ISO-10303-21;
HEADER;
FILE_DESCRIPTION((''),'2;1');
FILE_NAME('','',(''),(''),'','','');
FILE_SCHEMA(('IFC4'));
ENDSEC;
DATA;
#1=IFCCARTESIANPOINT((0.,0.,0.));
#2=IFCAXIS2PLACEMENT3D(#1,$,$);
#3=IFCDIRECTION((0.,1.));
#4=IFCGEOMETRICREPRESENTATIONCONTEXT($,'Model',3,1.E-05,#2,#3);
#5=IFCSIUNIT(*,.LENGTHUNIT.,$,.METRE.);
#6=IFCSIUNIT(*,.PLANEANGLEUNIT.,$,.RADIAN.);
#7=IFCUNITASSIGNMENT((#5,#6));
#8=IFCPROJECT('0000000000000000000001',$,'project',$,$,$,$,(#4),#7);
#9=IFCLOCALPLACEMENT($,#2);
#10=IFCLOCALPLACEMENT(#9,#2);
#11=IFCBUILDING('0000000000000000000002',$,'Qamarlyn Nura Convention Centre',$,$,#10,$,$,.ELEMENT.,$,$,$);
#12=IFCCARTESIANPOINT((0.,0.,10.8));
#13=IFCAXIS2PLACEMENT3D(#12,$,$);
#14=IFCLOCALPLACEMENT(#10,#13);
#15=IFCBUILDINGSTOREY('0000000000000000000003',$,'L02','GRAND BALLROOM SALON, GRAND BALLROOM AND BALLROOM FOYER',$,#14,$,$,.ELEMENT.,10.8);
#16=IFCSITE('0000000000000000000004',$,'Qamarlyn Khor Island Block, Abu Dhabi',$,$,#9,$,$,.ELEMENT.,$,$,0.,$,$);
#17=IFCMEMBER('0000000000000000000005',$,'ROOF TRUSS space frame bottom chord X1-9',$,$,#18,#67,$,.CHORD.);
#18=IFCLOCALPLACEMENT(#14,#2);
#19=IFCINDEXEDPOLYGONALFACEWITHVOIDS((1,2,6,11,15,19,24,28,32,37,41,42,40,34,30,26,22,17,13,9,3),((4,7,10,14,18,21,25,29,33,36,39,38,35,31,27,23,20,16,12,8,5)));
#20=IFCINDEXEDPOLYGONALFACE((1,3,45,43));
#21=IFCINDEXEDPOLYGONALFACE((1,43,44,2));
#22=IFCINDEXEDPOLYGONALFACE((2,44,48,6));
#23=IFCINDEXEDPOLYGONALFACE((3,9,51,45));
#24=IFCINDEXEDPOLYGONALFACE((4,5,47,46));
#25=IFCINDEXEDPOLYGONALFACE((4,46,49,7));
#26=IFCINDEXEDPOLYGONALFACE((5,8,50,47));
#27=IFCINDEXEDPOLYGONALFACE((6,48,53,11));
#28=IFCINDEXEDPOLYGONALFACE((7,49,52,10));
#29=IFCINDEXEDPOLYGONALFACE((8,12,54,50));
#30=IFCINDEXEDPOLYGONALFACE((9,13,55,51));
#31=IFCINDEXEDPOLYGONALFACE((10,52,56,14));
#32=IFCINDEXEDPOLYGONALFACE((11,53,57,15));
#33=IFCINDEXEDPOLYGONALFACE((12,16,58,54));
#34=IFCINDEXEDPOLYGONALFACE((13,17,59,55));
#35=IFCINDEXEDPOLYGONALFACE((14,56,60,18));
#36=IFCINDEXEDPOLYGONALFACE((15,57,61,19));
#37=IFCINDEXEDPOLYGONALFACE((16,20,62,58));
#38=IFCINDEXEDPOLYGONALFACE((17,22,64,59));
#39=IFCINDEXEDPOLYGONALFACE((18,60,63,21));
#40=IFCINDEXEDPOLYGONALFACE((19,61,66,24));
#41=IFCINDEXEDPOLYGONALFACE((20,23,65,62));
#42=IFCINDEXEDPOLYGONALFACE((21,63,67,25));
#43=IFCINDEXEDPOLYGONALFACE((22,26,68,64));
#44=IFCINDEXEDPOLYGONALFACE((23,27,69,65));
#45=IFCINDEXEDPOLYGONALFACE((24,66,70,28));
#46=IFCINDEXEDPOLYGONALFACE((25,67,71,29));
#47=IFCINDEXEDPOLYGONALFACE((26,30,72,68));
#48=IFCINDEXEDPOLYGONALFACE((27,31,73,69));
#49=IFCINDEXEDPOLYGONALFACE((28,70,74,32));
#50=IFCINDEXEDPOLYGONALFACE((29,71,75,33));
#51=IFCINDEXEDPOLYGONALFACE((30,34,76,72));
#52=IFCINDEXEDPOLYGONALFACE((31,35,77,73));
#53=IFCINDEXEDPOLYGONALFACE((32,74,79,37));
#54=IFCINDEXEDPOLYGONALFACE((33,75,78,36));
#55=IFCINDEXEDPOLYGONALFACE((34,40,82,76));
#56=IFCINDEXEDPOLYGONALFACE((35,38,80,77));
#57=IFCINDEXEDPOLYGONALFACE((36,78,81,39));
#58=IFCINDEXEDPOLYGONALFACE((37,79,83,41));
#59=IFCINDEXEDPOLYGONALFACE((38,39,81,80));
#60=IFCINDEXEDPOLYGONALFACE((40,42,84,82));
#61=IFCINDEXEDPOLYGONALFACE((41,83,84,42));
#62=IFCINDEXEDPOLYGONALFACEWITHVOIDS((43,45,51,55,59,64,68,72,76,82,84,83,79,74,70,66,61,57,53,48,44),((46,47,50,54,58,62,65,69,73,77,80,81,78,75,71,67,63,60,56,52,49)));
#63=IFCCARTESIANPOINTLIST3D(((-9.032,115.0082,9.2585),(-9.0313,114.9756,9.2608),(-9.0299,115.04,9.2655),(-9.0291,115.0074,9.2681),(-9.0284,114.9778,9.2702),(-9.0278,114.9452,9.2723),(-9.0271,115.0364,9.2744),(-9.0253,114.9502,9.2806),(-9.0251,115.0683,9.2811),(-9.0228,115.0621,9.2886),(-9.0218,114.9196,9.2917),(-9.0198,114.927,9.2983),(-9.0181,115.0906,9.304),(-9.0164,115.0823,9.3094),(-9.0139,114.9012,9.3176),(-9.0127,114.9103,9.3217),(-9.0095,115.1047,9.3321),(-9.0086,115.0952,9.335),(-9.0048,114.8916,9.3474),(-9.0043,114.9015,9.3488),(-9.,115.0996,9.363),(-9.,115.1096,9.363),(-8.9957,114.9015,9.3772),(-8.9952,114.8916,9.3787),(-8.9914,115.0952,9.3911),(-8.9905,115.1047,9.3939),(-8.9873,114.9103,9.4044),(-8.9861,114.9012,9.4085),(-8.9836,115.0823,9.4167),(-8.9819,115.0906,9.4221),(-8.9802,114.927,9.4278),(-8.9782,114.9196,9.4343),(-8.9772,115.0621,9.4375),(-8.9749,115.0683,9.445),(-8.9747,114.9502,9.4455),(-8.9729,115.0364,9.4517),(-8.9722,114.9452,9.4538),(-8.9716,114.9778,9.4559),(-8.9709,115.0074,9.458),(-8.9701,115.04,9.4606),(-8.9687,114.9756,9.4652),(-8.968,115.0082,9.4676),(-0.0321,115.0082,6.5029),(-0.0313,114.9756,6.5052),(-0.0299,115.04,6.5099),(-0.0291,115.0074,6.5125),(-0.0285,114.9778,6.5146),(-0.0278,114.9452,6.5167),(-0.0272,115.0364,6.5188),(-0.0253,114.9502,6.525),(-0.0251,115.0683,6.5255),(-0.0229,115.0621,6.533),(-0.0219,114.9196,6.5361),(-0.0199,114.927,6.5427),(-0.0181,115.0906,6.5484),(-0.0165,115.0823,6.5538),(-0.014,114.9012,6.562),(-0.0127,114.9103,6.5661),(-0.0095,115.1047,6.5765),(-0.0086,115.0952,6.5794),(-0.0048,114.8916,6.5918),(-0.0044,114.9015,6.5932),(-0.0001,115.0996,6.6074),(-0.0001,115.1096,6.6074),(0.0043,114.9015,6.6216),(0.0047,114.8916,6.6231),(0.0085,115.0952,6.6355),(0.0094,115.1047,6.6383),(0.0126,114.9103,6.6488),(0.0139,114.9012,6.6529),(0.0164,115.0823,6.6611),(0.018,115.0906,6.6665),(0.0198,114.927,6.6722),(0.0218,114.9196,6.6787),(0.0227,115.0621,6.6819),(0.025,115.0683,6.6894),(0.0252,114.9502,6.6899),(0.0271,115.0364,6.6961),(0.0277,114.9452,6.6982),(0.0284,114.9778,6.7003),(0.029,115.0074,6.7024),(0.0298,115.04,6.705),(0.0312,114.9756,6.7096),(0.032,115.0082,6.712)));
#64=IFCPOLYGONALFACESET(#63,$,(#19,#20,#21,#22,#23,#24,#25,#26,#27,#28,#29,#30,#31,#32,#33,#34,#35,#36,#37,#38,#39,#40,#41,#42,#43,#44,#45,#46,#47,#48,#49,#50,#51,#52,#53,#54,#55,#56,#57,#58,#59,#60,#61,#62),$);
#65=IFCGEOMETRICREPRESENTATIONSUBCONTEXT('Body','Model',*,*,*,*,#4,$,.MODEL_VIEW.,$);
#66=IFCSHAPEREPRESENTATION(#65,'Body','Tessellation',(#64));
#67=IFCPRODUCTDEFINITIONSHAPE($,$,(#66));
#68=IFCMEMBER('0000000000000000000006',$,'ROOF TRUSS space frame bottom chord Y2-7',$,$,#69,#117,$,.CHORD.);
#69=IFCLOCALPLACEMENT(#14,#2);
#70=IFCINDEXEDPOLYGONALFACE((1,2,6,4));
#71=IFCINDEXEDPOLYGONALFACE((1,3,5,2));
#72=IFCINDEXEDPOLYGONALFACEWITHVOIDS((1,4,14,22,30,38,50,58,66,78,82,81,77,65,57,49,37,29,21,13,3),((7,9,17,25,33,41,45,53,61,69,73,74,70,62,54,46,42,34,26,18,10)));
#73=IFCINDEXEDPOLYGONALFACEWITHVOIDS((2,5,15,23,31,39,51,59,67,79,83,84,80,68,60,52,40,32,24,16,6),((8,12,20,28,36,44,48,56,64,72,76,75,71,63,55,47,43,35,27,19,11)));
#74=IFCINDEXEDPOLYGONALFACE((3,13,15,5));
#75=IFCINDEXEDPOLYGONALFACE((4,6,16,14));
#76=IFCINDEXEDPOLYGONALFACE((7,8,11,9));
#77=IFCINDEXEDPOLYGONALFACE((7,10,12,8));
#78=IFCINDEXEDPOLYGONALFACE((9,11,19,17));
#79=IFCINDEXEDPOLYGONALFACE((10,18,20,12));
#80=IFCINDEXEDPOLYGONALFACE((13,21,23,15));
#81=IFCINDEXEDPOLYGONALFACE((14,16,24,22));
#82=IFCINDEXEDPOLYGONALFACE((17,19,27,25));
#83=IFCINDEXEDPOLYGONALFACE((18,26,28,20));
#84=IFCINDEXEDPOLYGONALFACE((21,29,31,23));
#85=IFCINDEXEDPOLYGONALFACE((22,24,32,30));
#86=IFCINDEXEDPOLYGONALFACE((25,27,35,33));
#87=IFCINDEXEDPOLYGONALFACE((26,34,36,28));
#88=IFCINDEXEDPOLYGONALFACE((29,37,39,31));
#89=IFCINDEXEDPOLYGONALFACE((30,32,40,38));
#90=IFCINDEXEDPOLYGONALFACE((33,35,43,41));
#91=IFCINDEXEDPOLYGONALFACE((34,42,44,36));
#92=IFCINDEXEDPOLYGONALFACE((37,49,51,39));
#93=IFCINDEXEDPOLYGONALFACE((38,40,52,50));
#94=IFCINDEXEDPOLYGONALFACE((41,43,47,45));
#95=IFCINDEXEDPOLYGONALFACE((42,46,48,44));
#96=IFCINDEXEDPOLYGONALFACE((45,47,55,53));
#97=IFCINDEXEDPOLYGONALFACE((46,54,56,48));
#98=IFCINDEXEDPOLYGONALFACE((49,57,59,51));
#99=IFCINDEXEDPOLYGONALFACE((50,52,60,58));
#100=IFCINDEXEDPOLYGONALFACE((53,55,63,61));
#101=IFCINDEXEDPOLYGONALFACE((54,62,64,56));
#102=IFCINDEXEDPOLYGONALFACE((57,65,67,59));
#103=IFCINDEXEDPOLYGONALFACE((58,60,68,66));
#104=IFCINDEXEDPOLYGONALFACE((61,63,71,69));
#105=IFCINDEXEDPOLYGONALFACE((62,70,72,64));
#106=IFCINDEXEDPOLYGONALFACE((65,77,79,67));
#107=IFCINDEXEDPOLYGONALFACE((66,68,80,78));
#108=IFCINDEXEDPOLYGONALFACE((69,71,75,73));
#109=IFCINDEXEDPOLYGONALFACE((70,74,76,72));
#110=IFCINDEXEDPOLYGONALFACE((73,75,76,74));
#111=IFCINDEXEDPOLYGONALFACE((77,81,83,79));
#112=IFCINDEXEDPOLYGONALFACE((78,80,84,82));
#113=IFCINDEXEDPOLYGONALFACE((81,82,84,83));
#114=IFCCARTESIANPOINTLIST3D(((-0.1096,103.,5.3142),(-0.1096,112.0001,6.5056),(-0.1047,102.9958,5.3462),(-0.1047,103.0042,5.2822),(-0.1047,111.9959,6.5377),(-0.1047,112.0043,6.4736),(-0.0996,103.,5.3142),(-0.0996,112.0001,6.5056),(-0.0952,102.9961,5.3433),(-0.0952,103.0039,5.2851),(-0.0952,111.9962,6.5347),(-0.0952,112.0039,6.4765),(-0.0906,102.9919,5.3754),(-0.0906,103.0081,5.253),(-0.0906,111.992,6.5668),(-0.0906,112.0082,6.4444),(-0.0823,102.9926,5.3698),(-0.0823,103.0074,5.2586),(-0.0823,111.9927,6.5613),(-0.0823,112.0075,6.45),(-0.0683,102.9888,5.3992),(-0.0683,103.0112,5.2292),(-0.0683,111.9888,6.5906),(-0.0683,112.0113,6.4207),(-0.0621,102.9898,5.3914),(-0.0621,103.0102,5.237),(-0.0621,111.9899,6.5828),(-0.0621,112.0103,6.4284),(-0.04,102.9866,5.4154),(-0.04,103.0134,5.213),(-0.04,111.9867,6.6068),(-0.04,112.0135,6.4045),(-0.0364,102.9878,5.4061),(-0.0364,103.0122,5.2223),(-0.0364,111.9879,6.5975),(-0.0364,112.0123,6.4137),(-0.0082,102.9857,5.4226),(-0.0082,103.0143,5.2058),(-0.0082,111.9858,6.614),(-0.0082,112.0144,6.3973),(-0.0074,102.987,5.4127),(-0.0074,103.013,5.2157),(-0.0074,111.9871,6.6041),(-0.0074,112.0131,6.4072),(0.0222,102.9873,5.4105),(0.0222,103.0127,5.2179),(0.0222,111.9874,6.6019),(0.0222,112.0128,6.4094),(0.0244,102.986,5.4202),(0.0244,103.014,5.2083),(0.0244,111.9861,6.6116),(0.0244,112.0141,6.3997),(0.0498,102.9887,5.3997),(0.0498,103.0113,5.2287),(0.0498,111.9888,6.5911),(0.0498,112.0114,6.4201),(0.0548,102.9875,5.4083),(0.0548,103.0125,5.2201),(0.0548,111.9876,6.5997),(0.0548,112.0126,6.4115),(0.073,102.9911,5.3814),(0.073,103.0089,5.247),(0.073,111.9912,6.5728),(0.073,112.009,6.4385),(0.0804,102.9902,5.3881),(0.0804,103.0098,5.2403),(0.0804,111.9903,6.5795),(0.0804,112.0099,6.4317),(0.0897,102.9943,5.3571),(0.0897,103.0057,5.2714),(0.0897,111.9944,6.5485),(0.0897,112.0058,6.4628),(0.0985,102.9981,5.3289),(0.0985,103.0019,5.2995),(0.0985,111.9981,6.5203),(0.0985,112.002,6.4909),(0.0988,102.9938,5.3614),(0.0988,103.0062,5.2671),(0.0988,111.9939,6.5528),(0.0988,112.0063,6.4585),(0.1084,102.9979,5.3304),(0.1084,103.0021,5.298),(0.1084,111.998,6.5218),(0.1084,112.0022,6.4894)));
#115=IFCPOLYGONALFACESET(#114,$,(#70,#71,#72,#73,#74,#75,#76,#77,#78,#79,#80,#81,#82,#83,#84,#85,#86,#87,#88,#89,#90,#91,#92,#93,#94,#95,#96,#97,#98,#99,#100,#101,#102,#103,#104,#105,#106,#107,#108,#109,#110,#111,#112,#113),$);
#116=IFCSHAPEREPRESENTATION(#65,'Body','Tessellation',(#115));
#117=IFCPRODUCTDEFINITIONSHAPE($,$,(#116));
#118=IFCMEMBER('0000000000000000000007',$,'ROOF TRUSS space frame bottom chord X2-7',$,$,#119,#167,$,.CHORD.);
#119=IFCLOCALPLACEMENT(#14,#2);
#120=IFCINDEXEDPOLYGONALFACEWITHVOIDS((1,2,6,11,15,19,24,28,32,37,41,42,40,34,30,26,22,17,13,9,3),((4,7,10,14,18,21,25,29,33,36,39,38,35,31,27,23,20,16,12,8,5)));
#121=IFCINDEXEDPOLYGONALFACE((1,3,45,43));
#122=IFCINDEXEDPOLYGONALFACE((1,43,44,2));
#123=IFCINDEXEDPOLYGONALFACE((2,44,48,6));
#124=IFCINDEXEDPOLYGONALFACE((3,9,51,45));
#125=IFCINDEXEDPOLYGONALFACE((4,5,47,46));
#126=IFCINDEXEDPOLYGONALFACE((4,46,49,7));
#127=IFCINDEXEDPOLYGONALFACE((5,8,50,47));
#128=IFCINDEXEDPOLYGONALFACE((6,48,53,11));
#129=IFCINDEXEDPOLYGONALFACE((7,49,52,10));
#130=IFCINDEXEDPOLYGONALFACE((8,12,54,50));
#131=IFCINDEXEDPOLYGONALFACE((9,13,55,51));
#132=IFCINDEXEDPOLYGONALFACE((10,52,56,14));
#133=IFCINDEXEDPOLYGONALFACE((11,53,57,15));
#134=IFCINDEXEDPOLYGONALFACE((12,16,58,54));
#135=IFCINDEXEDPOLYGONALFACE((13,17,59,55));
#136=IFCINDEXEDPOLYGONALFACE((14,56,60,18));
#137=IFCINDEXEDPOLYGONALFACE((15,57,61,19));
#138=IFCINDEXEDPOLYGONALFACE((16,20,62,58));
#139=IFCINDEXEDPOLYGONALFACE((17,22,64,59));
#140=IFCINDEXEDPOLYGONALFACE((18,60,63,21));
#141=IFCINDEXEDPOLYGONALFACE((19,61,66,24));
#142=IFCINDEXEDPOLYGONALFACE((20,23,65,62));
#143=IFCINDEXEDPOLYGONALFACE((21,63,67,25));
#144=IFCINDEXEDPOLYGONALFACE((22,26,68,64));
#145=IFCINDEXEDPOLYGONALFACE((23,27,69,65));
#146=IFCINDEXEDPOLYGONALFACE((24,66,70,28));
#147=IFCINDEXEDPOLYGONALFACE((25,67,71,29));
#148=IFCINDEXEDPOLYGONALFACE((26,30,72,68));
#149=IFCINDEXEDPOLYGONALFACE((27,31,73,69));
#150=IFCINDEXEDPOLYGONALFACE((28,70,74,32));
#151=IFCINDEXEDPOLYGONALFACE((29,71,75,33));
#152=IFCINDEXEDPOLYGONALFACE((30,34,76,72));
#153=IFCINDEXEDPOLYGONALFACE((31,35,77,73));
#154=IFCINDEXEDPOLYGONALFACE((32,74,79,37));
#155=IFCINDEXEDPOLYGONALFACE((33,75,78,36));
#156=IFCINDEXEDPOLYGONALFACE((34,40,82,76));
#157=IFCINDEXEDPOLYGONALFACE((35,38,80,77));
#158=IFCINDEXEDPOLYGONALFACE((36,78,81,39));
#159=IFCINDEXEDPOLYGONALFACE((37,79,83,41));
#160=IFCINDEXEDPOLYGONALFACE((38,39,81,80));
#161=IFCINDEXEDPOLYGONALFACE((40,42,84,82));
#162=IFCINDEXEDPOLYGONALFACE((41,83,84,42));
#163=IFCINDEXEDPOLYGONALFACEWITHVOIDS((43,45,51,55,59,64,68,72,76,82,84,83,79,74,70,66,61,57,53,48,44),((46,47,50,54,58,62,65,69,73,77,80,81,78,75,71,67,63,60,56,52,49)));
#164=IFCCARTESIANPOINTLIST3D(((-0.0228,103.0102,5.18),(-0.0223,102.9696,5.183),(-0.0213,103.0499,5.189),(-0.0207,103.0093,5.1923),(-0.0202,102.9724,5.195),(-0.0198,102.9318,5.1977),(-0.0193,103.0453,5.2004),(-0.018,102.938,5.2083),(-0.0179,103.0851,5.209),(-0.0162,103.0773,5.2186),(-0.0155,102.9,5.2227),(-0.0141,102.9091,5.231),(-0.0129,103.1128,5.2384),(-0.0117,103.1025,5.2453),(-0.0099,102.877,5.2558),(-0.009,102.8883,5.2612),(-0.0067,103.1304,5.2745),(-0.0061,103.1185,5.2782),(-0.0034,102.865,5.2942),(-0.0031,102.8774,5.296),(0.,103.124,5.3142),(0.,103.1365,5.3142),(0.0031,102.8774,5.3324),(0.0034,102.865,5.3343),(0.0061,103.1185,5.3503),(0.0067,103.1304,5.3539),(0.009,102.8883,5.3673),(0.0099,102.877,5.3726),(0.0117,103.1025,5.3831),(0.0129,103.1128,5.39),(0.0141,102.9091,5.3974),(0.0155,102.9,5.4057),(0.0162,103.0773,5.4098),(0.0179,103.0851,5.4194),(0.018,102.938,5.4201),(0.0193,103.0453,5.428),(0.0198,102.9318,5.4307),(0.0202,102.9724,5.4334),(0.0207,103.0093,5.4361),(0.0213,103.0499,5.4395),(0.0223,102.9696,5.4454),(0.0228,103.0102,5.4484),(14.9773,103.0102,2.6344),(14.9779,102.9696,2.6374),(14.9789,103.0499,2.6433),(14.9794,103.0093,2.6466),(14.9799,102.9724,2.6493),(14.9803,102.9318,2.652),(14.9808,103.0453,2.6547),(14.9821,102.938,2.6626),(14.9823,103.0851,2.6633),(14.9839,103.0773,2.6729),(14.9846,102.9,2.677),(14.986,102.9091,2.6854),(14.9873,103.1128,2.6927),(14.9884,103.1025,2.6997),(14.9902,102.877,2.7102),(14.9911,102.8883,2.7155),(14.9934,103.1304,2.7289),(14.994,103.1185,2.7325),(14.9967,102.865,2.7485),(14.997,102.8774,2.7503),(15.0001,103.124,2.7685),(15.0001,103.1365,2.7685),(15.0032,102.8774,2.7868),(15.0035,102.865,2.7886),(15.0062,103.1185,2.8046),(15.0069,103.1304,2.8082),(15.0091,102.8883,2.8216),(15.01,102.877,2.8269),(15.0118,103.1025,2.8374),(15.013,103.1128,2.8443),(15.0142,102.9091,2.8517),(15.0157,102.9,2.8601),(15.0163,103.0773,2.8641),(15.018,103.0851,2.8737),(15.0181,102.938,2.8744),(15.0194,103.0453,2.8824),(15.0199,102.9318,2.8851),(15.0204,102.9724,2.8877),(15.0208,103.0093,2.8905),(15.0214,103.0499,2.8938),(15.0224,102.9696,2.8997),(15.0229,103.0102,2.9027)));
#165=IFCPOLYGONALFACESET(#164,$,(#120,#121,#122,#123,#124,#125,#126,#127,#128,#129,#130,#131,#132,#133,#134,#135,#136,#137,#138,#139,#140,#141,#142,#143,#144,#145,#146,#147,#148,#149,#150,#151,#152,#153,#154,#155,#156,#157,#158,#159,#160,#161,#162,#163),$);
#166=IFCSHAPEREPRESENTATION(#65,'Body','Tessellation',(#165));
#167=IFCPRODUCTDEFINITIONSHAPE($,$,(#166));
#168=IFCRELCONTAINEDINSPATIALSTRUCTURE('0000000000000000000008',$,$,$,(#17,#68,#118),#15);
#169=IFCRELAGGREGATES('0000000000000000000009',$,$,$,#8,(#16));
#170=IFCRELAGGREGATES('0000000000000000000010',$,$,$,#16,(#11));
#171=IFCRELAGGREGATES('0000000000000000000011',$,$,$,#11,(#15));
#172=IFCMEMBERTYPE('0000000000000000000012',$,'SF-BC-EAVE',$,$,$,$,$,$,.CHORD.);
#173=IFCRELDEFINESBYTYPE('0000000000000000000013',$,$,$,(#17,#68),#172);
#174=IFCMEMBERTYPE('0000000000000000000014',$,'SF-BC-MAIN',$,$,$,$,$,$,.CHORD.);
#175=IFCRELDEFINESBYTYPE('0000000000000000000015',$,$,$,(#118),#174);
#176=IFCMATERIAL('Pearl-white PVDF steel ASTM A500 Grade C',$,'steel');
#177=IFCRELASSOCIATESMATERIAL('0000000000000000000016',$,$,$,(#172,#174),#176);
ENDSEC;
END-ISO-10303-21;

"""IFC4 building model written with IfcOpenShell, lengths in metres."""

from ifc_helpers import new_model, si_unit, direction, frame, origin, origin_2d, place, context, subcontext, project, spatial, hollow_circle, extrude, material, material_profile, profile_set, type_object, element, save


model = new_model("IFC4")

# Units and contexts
model_context = context("Model", 3, precision=1e-05, world=origin(), true_north=direction((0.0, 1.0)))
body_context = subcontext(model_context, "Body", "Model", "MODEL_VIEW")
ifc_project = project(units=[si_unit("LENGTHUNIT", "METRE"), si_unit("PLANEANGLEUNIT", "RADIAN")], contexts=[model_context])

# Site, building, storey
site_placement = place(None, origin())
site = spatial("IfcSite", under=ifc_project, at=site_placement, Name="Qamarlyn Khor Island Block, Abu Dhabi", CompositionType="ELEMENT", RefElevation=0.0)
building_placement = place(site_placement, origin())
building = spatial("IfcBuilding", under=site, at=building_placement, Name="Qamarlyn Nura Convention Centre", CompositionType="ELEMENT")
storey_placement = place(building_placement, frame((0.0, 0.0, 10.8)))
storey = spatial("IfcBuildingStorey", under=building, at=storey_placement, Name="L02", Description="GRAND BALLROOM SALON, GRAND BALLROOM AND BALLROOM FOYER", CompositionType="ELEMENT", Elevation=10.8)

# Members
ifc_material_1 = material(Name="Pearl-white PVDF steel ASTM A500 Grade C", Category="steel")
ifc_material_profile_1 = material_profile(ifc_material_1, hollow_circle(Radius=0.1096, WallThickness=0.01, at=origin_2d()), Name="CHS219.1X10")
ifc_profile_set_1 = profile_set([ifc_material_profile_1], Name="Pearl-white PVDF steel ASTM A500 Grade C")
member_type_1 = type_object("IfcMemberType", Name="SF-BC-EAVE", PredefinedType="CHORD", material=ifc_profile_set_1)
member_1_placement = place(storey_placement, frame((-9.0, 115.0, 9.363), z_axis=(0.956185, 0.0, -0.292764), x_axis=(0.0, 1.0, 0.0)))
element("IfcMember", 1, at=member_1_placement, inside=storey, type_object=member_type_1, Name="ROOF TRUSS space frame bottom chord X1-9", PredefinedType="CHORD", context=body_context, shape_type="SweptSolid", body=[
    extrude(hollow_circle(Radius=0.1096, WallThickness=0.01, at=origin_2d()), origin(), (0.0, 0.0, 1.0), 9.4124),
])
member_2_placement = place(storey_placement, frame((0.0, 103.0, 5.3142), z_axis=(0.0, 0.991351, 0.131234), x_axis=(-1.0, 0.0, 0.0)))
element("IfcMember", 2, at=member_2_placement, inside=storey, type_object=member_type_1, Name="ROOF TRUSS space frame bottom chord Y2-7", PredefinedType="CHORD", context=body_context, shape_type="SweptSolid", body=[
    extrude(hollow_circle(Radius=0.1096, WallThickness=0.01, at=origin_2d()), origin(), (0.0, 0.0, 1.0), 9.0786),
])
ifc_material_profile_2 = material_profile(ifc_material_1, hollow_circle(Radius=0.1365, WallThickness=0.0125, at=origin_2d()), Name="CHS273X12.5")
ifc_profile_set_2 = profile_set([ifc_material_profile_2], Name="Pearl-white PVDF steel ASTM A500 Grade C")
member_type_2 = type_object("IfcMemberType", Name="SF-BC-MAIN", PredefinedType="CHORD", material=ifc_profile_set_2)
member_3_placement = place(storey_placement, frame((0.0, 103.0, 5.3142), z_axis=(0.985903, 0.0, -0.167318), x_axis=(0.0, 1.0, 0.0)))
element("IfcMember", 3, at=member_3_placement, inside=storey, type_object=member_type_2, Name="ROOF TRUSS space frame bottom chord X2-7", PredefinedType="CHORD", context=body_context, shape_type="SweptSolid", body=[
    extrude(hollow_circle(Radius=0.1365, WallThickness=0.0125, at=origin_2d()), origin(), (0.0, 0.0, 1.0), 15.2146),
])

save(model, "model.ifc")
